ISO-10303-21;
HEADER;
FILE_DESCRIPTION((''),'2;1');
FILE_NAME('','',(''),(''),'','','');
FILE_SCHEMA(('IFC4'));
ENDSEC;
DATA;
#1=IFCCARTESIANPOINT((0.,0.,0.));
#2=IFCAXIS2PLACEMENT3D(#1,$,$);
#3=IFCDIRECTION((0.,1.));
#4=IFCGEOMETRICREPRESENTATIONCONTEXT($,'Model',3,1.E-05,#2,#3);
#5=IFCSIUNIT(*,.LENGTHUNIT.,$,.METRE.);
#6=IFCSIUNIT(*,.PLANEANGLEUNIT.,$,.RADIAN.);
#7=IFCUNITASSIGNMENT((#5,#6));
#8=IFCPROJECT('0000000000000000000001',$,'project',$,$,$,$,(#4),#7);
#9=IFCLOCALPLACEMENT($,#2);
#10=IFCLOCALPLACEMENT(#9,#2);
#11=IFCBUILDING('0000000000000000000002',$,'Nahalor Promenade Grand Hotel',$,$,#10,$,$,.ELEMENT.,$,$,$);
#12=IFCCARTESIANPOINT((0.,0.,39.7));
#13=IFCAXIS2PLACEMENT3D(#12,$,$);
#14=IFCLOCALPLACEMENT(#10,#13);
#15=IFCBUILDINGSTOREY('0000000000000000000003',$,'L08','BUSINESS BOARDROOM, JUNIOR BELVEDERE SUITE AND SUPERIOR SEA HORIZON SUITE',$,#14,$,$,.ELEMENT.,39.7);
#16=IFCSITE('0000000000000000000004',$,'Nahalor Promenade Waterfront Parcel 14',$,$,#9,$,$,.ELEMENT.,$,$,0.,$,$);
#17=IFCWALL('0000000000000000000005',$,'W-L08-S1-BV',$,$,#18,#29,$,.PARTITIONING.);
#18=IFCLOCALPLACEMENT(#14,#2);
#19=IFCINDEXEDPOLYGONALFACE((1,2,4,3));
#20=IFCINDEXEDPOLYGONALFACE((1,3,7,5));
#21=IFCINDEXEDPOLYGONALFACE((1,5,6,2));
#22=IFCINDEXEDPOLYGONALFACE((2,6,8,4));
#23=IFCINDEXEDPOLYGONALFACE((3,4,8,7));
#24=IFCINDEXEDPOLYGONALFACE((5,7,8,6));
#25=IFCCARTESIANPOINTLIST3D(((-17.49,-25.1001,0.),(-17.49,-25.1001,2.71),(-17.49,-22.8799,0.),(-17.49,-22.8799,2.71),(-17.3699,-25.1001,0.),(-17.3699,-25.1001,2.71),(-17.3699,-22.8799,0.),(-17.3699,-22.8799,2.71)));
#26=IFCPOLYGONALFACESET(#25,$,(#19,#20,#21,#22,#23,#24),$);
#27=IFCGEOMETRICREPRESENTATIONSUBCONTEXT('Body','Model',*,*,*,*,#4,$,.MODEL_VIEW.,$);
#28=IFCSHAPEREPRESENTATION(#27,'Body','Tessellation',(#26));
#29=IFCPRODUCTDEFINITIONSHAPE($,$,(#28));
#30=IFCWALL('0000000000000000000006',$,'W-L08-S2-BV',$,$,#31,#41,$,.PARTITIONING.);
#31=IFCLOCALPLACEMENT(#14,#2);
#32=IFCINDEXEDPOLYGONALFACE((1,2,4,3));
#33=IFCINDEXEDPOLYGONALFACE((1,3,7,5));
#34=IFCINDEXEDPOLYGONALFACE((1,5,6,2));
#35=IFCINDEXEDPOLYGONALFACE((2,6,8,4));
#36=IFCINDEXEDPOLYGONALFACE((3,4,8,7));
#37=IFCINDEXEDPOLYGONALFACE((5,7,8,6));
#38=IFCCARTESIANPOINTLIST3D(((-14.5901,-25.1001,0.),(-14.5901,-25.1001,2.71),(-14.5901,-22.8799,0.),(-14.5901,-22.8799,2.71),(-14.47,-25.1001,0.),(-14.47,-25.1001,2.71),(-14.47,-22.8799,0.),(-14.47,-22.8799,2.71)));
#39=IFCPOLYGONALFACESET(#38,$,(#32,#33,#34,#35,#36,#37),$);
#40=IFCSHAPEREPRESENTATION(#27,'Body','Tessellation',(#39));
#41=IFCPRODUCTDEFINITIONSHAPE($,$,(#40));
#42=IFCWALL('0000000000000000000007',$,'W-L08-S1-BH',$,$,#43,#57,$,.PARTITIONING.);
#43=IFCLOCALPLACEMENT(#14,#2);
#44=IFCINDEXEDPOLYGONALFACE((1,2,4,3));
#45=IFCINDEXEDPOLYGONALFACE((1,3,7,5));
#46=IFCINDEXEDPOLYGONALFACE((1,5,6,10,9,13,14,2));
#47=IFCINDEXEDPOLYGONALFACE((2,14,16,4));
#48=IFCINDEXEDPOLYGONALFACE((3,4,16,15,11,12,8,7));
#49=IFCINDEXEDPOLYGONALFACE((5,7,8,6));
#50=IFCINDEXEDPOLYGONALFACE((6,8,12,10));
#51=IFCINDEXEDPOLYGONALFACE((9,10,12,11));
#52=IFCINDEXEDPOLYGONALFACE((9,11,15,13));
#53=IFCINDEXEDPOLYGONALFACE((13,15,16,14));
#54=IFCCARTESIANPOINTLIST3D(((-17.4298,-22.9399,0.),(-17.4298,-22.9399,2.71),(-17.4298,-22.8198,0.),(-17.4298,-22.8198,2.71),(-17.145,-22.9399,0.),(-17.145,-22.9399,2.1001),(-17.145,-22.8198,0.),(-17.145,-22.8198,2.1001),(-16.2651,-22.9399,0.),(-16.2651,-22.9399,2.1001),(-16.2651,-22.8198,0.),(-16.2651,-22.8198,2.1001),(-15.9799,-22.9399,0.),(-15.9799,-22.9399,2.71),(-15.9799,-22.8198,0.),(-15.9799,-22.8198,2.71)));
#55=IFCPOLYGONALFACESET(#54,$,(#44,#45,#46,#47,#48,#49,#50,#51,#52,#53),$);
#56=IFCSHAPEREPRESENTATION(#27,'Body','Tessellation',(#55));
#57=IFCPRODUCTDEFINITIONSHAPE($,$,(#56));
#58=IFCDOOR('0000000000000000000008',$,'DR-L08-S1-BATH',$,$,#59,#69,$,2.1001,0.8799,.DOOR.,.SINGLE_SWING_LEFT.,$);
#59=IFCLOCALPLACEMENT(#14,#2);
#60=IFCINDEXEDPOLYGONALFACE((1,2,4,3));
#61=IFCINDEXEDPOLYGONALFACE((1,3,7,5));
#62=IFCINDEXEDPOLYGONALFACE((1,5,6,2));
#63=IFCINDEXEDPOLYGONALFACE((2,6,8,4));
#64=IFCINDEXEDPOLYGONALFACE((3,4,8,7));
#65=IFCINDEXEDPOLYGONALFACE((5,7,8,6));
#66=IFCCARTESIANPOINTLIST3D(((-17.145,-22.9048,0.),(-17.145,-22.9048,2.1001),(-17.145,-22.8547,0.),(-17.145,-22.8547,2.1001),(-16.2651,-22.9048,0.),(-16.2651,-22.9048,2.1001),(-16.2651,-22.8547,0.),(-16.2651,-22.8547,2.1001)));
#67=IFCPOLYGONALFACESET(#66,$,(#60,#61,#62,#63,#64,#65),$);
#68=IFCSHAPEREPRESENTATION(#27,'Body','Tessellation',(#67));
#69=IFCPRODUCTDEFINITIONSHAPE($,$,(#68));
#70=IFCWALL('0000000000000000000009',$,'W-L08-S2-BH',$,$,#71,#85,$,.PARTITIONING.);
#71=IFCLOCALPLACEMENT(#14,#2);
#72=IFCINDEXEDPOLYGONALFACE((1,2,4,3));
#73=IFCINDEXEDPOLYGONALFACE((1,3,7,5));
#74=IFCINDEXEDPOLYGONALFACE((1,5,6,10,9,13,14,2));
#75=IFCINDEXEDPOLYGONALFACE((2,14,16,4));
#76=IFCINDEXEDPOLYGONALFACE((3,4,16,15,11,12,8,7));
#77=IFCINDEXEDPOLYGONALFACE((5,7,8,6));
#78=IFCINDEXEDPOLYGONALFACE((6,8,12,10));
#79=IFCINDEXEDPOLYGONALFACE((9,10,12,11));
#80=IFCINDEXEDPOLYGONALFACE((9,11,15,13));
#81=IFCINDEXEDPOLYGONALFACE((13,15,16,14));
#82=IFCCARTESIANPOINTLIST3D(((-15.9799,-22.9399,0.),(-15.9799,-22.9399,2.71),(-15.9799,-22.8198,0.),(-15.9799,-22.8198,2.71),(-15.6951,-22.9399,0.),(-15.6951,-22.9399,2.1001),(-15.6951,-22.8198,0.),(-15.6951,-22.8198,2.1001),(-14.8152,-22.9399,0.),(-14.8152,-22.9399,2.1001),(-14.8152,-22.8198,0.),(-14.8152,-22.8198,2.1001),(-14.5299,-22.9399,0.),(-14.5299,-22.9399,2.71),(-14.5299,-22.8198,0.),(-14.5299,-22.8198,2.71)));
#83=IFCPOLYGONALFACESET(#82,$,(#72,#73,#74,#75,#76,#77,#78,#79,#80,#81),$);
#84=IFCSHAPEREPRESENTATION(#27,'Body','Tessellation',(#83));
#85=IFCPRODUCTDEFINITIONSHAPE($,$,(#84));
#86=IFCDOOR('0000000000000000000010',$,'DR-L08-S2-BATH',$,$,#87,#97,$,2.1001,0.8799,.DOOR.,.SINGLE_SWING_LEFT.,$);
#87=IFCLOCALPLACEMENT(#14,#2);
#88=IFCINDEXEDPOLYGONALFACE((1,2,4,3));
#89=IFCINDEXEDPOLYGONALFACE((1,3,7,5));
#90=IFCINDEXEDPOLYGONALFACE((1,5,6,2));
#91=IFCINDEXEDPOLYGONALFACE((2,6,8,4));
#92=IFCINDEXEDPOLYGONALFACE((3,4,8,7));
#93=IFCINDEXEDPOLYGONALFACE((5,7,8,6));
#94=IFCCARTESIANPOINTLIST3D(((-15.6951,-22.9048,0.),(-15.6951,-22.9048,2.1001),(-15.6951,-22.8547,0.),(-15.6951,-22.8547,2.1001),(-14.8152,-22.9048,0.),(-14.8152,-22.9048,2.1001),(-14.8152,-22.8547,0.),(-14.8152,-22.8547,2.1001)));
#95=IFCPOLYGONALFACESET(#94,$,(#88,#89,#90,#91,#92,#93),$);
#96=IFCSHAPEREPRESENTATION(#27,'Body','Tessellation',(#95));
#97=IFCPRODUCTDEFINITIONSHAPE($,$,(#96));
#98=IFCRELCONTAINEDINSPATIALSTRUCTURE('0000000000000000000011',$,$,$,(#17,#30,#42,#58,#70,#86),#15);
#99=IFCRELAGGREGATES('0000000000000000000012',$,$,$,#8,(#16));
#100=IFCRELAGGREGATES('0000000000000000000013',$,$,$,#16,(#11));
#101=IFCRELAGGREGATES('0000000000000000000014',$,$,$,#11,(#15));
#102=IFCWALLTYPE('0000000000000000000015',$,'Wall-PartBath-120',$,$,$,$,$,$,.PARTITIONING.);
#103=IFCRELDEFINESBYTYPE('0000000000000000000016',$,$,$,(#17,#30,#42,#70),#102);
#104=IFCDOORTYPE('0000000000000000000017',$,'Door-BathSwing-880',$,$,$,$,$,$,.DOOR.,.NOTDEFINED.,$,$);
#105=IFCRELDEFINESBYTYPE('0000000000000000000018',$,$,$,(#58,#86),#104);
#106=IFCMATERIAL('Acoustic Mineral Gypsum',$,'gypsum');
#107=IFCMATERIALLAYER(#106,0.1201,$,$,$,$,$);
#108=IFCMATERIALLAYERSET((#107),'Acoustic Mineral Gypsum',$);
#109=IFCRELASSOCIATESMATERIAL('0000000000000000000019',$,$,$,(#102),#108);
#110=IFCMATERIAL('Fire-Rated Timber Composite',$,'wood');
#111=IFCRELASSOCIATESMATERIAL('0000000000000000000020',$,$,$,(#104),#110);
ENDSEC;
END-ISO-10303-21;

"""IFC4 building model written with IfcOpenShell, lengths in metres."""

from ifc_helpers import new_model, si_unit, direction, frame, frame_2d, origin, place, context, subcontext, project, spatial, rectangle, extrude, source, transform, mapped, material, layer, layer_set, type_object, element, fill, save


model = new_model("IFC4")

# Units and contexts
model_context = context("Model", 3, precision=1e-05, world=origin(), true_north=direction((0.0, 1.0)))
body_context = subcontext(model_context, "Body", "Model", "MODEL_VIEW")
ifc_project = project(units=[si_unit("LENGTHUNIT", "METRE"), si_unit("PLANEANGLEUNIT", "RADIAN")], contexts=[model_context])

# Site, building, storey
site_placement = place(None, origin())
site = spatial("IfcSite", under=ifc_project, at=site_placement, Name="Nahalor Promenade Waterfront Parcel 14", CompositionType="ELEMENT", RefElevation=0.0)
building_placement = place(site_placement, origin())
building = spatial("IfcBuilding", under=site, at=building_placement, Name="Nahalor Promenade Grand Hotel", CompositionType="ELEMENT")
storey_placement = place(building_placement, frame((0.0, 0.0, 39.7)))
storey = spatial("IfcBuildingStorey", under=building, at=storey_placement, Name="L08", Description="BUSINESS BOARDROOM, JUNIOR BELVEDERE SUITE AND SUPERIOR SEA HORIZON SUITE", CompositionType="ELEMENT", Elevation=39.7)

# Walls
ifc_material_1 = material(Name="Acoustic Mineral Gypsum", Category="gypsum")
ifc_layer_1 = layer(ifc_material_1, 0.1201)
ifc_layer_set_1 = layer_set([ifc_layer_1], Name="Acoustic Mineral Gypsum")
wall_type_1 = type_object("IfcWallType", Name="Wall-PartBath-120", PredefinedType="PARTITIONING", material=ifc_layer_set_1)
shared_shape_1 = source(origin(), body_context, "Body", "SweptSolid", [
    extrude(rectangle(XDim=2.2202, YDim=0.1201, at=frame_2d((1.1101, 0.0))), origin(), (0.0, 0.0, 1.0), 2.71),
])
for number, where, z_axis, x_axis, name in (
    (1, (-17.4299, -25.1001, 0.0), (0.0, 0.0, 1.0), (0.0, 1.0, 0.0), "W-L08-S1-BV"),
    (2, (-14.53, -25.1001, 0.0), (0.0, 0.0, 1.0), (0.0, 1.0, 0.0), "W-L08-S2-BV"),
):
    element("IfcWall", number, at=place(storey_placement, frame(where, z_axis=z_axis, x_axis=x_axis)), inside=storey, type_object=wall_type_1, Name=name, PredefinedType="PARTITIONING", context=body_context, shape_type="MappedRepresentation", body=[
        mapped(shared_shape_1, transform((0.0, 0.0, 0.0), scale=1.0)),
    ])

# Walls, openings, doors
shared_shape_2 = source(origin(), body_context, "Body", "SweptSolid", [
    extrude(rectangle(XDim=1.45, YDim=0.1201, at=frame_2d((0.7251, 0.0))), origin(), (0.0, 0.0, 1.0), 2.71),
])
wall_1_placement = place(storey_placement, frame((-17.4299, -22.8799, 0.0), z_axis=(0.0, 0.0, 1.0), x_axis=(1.0, 0.0, 0.0)))
wall_1 = element("IfcWall", 3, at=wall_1_placement, inside=storey, type_object=wall_type_1, Name="W-L08-S1-BH", PredefinedType="PARTITIONING", context=body_context, shape_type="MappedRepresentation", body=[
    mapped(shared_shape_2, transform((0.0, 0.0, 0.0), scale=1.0)),
])
opening_1_placement = place(wall_1_placement, frame((0.2849, 0.0, 0.0)))
opening_1 = element("IfcOpeningElement", 4, at=opening_1_placement, cuts=wall_1, PredefinedType="OPENING", context=body_context, shape_type="SweptSolid", body=[
    extrude(rectangle(XDim=0.8799, YDim=2.1001, at=frame_2d((0.4399, 1.05))), frame((0.0, 0.0701, 0.0), z_axis=(0.0, -1.0, 0.0), x_axis=(1.0, 0.0, 0.0)), (0.0, 0.0, 1.0), 0.1401),
])
ifc_material_2 = material(Name="Fire-Rated Timber Composite", Category="wood")
door_type = type_object("IfcDoorType", Name="Door-BathSwing-880", OperationType="NOTDEFINED", PredefinedType="DOOR", material=ifc_material_2)
shared_shape_3 = source(origin(), body_context, "Body", "SweptSolid", [
    extrude(rectangle(XDim=0.8799, YDim=2.1001, at=frame_2d((0.4399, 1.05))), frame((0.0, 0.0249, 0.0), z_axis=(0.0, -1.0, 0.0), x_axis=(1.0, 0.0, 0.0)), (0.0, 0.0, 1.0), 0.05),
])
door_1_placement = place(opening_1_placement, frame((0.8799, 0.0, 0.0), z_axis=(0.0, 0.0, 1.0), x_axis=(-1.0, 0.0, 0.0)))
door_1 = element("IfcDoor", 5, at=door_1_placement, inside=storey, type_object=door_type, Name="DR-L08-S1-BATH", OperationType="SINGLE_SWING_LEFT", OverallHeight=2.1001, OverallWidth=0.8799, PredefinedType="DOOR", context=body_context, shape_type="MappedRepresentation", body=[
    mapped(shared_shape_3, transform((0.0, 0.0, 0.0), scale=1.0)),
])
fill(opening_1, door_1)
wall_2_placement = place(storey_placement, frame((-15.98, -22.8799, 0.0), z_axis=(0.0, 0.0, 1.0), x_axis=(1.0, 0.0, 0.0)))
wall_2 = element("IfcWall", 6, at=wall_2_placement, inside=storey, type_object=wall_type_1, Name="W-L08-S2-BH", PredefinedType="PARTITIONING", context=body_context, shape_type="MappedRepresentation", body=[
    mapped(shared_shape_2, transform((0.0, 0.0, 0.0), scale=1.0)),
])
opening_2_placement = place(wall_2_placement, frame((0.2849, 0.0, 0.0)))
opening_2 = element("IfcOpeningElement", 7, at=opening_2_placement, cuts=wall_2, PredefinedType="OPENING", context=body_context, shape_type="SweptSolid", body=[
    extrude(rectangle(XDim=0.8799, YDim=2.1001, at=frame_2d((0.4399, 1.05))), frame((0.0, 0.0701, 0.0), z_axis=(0.0, -1.0, 0.0), x_axis=(1.0, 0.0, 0.0)), (0.0, 0.0, 1.0), 0.1401),
])
door_2_placement = place(opening_2_placement, frame((0.8799, 0.0, 0.0), z_axis=(0.0, 0.0, 1.0), x_axis=(-1.0, 0.0, 0.0)))
door_2 = element("IfcDoor", 8, at=door_2_placement, inside=storey, type_object=door_type, Name="DR-L08-S2-BATH", OperationType="SINGLE_SWING_LEFT", OverallHeight=2.1001, OverallWidth=0.8799, PredefinedType="DOOR", context=body_context, shape_type="MappedRepresentation", body=[
    mapped(shared_shape_3, transform((0.0, 0.0, 0.0), scale=1.0)),
])
fill(opening_2, door_2)

save(model, "model.ifc")
